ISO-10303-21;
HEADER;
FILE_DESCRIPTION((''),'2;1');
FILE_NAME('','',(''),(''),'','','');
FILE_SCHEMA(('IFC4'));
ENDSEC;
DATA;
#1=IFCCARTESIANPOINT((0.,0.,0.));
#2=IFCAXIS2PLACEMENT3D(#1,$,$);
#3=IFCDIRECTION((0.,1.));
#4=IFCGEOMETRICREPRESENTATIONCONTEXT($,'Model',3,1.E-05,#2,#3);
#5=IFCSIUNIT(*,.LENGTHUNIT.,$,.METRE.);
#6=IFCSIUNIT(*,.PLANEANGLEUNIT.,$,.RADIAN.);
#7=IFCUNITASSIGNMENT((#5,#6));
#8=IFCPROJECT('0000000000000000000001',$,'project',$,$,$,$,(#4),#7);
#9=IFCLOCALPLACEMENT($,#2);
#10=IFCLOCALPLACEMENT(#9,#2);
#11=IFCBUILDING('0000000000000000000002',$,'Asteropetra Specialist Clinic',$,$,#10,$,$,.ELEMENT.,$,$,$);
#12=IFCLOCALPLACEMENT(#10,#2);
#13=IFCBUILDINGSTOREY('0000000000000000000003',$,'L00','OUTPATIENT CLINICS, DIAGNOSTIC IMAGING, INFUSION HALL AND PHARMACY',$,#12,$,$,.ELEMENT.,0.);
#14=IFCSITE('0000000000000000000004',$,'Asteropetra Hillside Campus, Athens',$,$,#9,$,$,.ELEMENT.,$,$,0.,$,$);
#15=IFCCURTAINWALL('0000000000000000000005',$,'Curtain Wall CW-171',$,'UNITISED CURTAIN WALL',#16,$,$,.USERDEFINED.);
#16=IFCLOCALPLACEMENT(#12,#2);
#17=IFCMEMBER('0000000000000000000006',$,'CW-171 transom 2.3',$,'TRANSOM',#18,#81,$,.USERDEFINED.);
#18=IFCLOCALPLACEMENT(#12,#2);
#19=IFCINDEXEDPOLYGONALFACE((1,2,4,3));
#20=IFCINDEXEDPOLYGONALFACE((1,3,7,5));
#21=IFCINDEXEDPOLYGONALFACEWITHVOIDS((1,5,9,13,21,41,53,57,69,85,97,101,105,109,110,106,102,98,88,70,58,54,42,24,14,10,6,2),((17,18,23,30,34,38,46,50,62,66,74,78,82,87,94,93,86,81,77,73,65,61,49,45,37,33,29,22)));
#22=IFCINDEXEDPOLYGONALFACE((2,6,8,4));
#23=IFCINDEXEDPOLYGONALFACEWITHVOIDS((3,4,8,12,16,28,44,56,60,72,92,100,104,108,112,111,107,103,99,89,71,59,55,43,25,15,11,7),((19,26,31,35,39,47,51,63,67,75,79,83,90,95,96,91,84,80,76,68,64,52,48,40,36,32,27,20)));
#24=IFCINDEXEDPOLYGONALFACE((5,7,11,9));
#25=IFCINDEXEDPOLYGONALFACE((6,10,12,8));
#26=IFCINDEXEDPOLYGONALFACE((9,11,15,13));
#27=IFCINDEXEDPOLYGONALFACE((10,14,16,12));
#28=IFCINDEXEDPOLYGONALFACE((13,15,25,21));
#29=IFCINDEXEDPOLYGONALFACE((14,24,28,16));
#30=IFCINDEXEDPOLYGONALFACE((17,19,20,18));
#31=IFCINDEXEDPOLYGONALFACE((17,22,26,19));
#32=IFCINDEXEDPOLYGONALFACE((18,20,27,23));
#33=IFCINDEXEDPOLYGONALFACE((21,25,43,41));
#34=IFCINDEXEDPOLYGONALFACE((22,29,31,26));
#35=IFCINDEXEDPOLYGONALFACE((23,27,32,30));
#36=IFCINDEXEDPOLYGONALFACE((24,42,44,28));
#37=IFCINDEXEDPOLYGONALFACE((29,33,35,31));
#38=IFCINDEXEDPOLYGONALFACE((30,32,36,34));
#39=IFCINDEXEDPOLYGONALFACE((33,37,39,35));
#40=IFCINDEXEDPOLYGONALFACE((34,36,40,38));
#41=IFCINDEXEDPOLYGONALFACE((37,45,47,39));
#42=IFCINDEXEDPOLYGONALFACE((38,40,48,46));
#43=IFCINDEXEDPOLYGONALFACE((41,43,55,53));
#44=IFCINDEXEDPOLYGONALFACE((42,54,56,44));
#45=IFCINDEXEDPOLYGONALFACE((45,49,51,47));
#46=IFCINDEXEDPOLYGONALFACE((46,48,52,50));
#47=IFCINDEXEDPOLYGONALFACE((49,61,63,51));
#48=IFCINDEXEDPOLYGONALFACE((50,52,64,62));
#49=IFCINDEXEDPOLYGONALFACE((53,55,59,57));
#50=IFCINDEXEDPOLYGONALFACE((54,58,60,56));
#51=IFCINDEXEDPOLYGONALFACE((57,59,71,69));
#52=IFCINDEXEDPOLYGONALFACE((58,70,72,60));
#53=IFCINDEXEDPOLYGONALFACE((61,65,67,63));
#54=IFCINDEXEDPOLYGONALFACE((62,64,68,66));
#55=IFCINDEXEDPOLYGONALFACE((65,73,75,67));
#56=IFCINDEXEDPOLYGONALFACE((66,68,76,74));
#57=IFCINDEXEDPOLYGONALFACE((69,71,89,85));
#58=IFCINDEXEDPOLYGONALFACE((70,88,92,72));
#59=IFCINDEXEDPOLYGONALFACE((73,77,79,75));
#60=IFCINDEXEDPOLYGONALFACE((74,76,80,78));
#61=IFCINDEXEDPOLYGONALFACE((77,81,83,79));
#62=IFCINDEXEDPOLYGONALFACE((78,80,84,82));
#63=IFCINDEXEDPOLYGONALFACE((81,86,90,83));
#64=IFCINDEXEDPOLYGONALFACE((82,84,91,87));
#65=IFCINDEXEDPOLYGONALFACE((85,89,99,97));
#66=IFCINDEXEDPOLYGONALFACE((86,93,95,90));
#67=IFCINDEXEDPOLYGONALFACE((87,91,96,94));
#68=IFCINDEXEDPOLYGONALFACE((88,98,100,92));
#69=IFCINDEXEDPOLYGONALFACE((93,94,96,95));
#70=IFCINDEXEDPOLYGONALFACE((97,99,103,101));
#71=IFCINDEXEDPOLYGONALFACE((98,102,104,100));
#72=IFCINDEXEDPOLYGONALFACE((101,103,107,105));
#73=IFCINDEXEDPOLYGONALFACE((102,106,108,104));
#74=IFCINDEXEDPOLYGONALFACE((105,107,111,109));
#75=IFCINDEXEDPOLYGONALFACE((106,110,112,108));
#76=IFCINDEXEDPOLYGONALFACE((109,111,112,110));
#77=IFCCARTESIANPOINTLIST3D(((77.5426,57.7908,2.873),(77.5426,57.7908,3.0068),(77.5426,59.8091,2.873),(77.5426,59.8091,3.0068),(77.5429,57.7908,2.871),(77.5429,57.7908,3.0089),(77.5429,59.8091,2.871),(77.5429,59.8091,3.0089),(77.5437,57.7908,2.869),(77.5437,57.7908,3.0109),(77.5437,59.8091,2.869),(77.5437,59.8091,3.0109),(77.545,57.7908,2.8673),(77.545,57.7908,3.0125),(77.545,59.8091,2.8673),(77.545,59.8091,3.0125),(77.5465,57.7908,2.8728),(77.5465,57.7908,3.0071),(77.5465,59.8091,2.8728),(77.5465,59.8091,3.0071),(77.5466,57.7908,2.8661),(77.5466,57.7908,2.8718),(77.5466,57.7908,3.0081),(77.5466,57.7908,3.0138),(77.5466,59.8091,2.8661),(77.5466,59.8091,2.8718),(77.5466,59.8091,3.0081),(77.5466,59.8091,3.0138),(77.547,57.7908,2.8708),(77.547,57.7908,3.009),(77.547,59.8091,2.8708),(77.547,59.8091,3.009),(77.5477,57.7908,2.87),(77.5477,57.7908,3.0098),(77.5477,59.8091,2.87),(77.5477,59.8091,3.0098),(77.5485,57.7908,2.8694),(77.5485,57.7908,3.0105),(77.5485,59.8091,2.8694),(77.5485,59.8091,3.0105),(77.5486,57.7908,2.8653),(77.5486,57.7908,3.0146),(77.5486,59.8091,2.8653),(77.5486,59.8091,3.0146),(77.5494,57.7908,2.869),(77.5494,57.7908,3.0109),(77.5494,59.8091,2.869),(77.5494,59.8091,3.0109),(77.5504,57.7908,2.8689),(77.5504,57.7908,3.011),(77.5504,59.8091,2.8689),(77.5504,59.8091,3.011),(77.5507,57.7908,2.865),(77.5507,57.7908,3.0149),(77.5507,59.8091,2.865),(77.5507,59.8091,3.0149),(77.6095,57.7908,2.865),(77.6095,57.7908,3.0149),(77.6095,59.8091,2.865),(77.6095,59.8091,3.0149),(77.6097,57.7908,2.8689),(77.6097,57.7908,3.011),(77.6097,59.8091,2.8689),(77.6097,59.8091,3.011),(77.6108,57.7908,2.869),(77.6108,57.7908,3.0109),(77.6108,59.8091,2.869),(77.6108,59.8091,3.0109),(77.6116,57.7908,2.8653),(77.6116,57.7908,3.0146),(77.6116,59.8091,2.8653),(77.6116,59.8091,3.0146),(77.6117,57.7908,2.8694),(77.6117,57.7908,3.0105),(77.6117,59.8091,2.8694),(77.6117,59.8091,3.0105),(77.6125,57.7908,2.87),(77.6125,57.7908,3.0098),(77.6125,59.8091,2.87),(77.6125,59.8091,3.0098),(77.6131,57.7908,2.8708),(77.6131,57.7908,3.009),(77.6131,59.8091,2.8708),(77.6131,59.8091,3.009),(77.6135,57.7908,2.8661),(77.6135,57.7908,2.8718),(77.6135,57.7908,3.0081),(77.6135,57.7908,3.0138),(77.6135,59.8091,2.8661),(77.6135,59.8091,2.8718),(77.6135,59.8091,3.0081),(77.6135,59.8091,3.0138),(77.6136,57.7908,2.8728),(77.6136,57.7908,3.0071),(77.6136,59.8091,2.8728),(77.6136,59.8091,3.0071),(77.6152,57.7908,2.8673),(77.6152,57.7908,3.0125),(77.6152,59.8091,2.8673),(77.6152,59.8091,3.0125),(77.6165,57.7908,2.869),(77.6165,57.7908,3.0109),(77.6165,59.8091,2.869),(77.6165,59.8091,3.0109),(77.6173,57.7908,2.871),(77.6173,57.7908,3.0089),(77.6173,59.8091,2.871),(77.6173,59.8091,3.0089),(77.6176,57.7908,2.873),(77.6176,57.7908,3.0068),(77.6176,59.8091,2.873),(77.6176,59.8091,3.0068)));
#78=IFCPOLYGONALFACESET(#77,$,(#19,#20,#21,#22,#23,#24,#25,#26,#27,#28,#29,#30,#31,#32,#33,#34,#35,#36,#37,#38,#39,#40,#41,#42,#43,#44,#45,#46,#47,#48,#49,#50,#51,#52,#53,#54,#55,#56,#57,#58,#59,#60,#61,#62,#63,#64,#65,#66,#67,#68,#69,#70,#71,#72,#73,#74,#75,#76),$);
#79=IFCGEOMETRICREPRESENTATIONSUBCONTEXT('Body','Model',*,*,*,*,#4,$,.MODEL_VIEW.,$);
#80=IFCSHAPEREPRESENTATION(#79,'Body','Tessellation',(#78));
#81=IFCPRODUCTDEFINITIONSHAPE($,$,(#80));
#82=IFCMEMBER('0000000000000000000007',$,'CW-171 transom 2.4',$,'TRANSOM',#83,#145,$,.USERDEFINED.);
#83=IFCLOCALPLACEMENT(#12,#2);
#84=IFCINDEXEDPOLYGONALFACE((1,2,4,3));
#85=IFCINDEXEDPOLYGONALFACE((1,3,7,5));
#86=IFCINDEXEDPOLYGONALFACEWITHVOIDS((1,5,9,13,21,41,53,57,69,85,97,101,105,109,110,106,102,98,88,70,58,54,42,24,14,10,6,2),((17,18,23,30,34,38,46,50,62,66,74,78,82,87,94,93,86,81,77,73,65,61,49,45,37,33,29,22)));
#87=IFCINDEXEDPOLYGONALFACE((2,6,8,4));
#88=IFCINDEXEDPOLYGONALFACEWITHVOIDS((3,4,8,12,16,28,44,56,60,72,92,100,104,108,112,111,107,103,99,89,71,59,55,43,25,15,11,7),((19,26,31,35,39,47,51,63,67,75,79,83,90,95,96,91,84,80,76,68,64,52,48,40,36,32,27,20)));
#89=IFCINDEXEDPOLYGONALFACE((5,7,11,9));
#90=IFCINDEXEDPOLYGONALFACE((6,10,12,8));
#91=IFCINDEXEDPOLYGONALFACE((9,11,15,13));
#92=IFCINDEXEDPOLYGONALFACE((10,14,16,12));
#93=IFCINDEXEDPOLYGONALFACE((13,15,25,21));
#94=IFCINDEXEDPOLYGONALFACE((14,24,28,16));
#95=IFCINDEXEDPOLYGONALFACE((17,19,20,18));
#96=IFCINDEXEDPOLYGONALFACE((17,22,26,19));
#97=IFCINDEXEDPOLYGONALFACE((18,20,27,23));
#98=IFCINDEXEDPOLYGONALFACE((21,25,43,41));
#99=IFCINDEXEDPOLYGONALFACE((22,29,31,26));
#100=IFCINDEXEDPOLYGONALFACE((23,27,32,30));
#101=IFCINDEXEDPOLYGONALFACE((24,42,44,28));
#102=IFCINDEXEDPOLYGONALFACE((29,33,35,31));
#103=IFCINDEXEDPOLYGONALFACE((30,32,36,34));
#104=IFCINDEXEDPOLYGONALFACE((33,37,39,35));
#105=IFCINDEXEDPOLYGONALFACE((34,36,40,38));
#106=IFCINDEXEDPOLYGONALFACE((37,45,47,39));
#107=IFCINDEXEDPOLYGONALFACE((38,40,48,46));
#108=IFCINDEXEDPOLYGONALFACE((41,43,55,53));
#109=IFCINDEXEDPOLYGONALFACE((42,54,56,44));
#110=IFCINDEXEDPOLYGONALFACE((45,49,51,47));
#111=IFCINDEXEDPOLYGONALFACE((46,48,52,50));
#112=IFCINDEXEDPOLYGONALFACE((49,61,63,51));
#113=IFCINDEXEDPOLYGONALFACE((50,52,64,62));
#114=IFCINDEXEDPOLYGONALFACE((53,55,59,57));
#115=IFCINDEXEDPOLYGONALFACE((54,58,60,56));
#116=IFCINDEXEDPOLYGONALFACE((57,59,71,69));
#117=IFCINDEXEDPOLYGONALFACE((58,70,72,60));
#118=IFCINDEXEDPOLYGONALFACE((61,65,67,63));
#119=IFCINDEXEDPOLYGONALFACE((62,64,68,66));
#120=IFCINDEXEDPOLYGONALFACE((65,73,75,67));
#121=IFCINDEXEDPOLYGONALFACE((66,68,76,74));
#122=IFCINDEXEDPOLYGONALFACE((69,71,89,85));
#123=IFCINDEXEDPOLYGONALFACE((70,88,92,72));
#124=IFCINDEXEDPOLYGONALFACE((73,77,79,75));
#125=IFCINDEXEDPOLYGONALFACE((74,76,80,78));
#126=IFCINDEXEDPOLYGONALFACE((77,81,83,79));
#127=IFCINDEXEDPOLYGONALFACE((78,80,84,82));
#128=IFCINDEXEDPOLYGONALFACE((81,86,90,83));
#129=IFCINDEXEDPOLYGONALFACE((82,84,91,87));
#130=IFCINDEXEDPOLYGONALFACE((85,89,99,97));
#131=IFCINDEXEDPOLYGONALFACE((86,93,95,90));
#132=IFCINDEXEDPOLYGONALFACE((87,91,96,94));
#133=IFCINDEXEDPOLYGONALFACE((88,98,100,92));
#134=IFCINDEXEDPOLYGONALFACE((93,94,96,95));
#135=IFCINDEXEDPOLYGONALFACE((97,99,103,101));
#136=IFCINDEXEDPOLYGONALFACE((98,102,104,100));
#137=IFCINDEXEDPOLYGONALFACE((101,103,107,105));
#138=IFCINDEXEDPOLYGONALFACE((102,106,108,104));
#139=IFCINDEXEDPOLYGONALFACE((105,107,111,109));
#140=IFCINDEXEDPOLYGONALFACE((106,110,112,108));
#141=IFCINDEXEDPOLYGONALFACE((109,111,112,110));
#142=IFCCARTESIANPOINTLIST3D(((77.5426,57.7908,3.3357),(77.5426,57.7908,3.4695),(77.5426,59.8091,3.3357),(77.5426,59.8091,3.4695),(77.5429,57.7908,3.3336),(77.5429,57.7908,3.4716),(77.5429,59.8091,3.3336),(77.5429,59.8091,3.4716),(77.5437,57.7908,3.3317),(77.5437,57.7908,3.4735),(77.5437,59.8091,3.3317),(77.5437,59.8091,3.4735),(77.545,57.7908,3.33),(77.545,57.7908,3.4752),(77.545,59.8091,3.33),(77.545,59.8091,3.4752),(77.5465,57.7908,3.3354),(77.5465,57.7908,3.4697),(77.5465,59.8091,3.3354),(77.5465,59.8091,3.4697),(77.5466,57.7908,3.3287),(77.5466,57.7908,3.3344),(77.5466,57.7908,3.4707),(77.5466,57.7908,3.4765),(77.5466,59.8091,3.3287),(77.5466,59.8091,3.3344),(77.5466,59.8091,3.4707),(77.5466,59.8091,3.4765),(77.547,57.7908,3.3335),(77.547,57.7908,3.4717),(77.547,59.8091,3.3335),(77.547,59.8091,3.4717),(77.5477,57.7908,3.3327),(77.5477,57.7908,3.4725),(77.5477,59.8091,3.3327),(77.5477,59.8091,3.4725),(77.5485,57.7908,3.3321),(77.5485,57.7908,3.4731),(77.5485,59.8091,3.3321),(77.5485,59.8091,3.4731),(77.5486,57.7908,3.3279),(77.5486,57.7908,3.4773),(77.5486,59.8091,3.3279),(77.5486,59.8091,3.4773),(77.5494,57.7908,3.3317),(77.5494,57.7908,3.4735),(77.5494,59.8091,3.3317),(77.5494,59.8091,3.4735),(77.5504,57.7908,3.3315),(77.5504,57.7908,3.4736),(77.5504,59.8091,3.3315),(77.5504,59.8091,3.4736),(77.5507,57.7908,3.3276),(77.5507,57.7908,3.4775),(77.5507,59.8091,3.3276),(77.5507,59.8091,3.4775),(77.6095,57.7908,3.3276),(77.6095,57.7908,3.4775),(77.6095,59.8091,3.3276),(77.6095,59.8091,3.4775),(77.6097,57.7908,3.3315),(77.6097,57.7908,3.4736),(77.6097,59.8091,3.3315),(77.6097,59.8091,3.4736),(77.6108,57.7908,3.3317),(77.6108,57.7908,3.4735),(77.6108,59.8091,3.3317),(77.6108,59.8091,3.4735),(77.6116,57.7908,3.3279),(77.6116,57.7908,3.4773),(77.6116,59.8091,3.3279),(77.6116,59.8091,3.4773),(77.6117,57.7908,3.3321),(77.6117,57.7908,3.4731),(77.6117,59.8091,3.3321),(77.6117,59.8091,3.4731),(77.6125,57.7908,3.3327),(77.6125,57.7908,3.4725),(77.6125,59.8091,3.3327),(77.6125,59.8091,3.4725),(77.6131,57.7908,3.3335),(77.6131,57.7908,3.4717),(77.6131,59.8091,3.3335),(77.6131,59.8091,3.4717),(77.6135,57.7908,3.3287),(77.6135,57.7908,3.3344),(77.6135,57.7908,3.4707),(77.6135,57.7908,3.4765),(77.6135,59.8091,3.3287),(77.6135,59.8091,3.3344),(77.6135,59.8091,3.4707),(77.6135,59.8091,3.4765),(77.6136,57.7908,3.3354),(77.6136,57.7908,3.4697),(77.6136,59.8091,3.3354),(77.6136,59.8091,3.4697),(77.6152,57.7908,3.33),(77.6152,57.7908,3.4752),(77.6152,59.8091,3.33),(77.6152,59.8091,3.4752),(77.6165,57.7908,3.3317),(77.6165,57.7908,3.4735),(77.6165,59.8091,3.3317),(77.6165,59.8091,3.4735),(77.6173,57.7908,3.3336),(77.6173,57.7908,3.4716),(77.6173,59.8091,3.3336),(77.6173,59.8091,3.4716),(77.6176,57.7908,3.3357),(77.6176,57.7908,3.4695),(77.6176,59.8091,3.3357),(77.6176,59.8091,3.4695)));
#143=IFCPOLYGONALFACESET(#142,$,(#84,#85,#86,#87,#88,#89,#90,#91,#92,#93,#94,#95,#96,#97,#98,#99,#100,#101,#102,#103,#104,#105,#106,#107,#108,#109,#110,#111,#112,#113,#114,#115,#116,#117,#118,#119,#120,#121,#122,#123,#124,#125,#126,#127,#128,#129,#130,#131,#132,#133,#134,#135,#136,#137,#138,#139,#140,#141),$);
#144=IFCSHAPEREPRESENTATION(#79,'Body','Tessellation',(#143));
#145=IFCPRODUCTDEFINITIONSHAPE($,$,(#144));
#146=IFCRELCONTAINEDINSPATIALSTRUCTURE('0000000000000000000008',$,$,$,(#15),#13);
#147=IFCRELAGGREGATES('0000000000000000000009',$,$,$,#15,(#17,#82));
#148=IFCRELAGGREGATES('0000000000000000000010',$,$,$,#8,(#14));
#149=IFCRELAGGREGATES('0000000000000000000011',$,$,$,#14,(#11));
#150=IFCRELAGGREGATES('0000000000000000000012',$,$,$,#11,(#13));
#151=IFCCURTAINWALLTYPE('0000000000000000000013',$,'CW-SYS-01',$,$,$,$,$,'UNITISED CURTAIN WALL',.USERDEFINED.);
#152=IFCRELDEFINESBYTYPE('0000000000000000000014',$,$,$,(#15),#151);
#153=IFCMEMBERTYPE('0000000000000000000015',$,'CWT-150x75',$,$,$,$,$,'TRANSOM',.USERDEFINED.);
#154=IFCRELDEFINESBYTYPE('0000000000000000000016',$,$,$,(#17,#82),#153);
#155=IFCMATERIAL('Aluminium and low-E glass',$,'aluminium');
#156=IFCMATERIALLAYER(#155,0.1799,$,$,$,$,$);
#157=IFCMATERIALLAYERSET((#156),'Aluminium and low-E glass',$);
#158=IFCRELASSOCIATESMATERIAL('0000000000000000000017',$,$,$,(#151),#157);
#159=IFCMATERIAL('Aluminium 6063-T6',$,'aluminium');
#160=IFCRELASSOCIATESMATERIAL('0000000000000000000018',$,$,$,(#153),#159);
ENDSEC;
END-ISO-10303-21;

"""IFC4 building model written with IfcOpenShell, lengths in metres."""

from ifc_helpers import new_model, si_unit, direction, frame, origin, origin_2d, place, context, subcontext, project, spatial, hollow_rectangle, extrude, material, layer, layer_set, material_profile, profile_set, type_object, element, aggregate, save


model = new_model("IFC4")

# Units and contexts
model_context = context("Model", 3, precision=1e-05, world=origin(), true_north=direction((0.0, 1.0)))
body_context = subcontext(model_context, "Body", "Model", "MODEL_VIEW")
ifc_project = project(units=[si_unit("LENGTHUNIT", "METRE"), si_unit("PLANEANGLEUNIT", "RADIAN")], contexts=[model_context])

# Site, building, storey
site_placement = place(None, origin())
site = spatial("IfcSite", under=ifc_project, at=site_placement, Name="Asteropetra Hillside Campus, Athens", CompositionType="ELEMENT", RefElevation=0.0)
building_placement = place(site_placement, origin())
building = spatial("IfcBuilding", under=site, at=building_placement, Name="Asteropetra Specialist Clinic", CompositionType="ELEMENT")
storey_placement = place(building_placement, origin())
storey = spatial("IfcBuildingStorey", under=building, at=storey_placement, Name="L00", Description="OUTPATIENT CLINICS, DIAGNOSTIC IMAGING, INFUSION HALL AND PHARMACY", CompositionType="ELEMENT", Elevation=0.0)

# Curtain wall, members
ifc_material_1 = material(Name="Aluminium and low-E glass", Category="aluminium")
ifc_layer_1 = layer(ifc_material_1, 0.1799)
ifc_layer_set_1 = layer_set([ifc_layer_1], Name="Aluminium and low-E glass")
curtain_wall_type_1 = type_object("IfcCurtainWallType", Name="CW-SYS-01", ElementType="UNITISED CURTAIN WALL", PredefinedType="USERDEFINED", material=ifc_layer_set_1)
curtain_wall_1_placement = place(storey_placement, origin())
curtain_wall_1 = element("IfcCurtainWall", 1, at=curtain_wall_1_placement, inside=storey, type_object=curtain_wall_type_1, Name="Curtain Wall CW-171", ObjectType="UNITISED CURTAIN WALL", PredefinedType="USERDEFINED")
ifc_material_2 = material(Name="Aluminium 6063-T6", Category="aluminium")
ifc_material_profile_1 = material_profile(ifc_material_2, hollow_rectangle(XDim=0.075, YDim=0.1499, WallThickness=0.0039, InnerFilletRadius=0.0039, OuterFilletRadius=0.0081, at=origin_2d()), Name="TRN 150x75x4.0")
ifc_profile_set_1 = profile_set([ifc_material_profile_1], Name="Aluminium 6063-T6")
member_type_1 = type_object("IfcMemberType", Name="CWT-150x75", ElementType="TRANSOM", PredefinedType="USERDEFINED", material=ifc_profile_set_1)
member_1_placement = place(storey_placement, frame((77.5801, 59.8091, 2.9399), z_axis=(0.0, -1.0, 0.0), x_axis=(1.0, 0.0, 0.0)))
member_1 = element("IfcMember", 2, at=member_1_placement, type_object=member_type_1, Name="CW-171 transom 2.3", ObjectType="TRANSOM", PredefinedType="USERDEFINED", context=body_context, shape_type="SweptSolid", body=[
    extrude(hollow_rectangle(XDim=0.075, YDim=0.1499, WallThickness=0.0039, InnerFilletRadius=0.0039, OuterFilletRadius=0.0081, at=origin_2d()), origin(), (0.0, 0.0, 1.0), 2.0183),
])
member_2_placement = place(storey_placement, frame((77.5801, 59.8091, 3.4026), z_axis=(0.0, -1.0, 0.0), x_axis=(1.0, 0.0, 0.0)))
member_2 = element("IfcMember", 3, at=member_2_placement, type_object=member_type_1, Name="CW-171 transom 2.4", ObjectType="TRANSOM", PredefinedType="USERDEFINED", context=body_context, shape_type="SweptSolid", body=[
    extrude(hollow_rectangle(XDim=0.075, YDim=0.1499, WallThickness=0.0039, InnerFilletRadius=0.0039, OuterFilletRadius=0.0081, at=origin_2d()), origin(), (0.0, 0.0, 1.0), 2.0183),
])

aggregate(curtain_wall_1, [member_1, member_2])

save(model, "model.ifc")
